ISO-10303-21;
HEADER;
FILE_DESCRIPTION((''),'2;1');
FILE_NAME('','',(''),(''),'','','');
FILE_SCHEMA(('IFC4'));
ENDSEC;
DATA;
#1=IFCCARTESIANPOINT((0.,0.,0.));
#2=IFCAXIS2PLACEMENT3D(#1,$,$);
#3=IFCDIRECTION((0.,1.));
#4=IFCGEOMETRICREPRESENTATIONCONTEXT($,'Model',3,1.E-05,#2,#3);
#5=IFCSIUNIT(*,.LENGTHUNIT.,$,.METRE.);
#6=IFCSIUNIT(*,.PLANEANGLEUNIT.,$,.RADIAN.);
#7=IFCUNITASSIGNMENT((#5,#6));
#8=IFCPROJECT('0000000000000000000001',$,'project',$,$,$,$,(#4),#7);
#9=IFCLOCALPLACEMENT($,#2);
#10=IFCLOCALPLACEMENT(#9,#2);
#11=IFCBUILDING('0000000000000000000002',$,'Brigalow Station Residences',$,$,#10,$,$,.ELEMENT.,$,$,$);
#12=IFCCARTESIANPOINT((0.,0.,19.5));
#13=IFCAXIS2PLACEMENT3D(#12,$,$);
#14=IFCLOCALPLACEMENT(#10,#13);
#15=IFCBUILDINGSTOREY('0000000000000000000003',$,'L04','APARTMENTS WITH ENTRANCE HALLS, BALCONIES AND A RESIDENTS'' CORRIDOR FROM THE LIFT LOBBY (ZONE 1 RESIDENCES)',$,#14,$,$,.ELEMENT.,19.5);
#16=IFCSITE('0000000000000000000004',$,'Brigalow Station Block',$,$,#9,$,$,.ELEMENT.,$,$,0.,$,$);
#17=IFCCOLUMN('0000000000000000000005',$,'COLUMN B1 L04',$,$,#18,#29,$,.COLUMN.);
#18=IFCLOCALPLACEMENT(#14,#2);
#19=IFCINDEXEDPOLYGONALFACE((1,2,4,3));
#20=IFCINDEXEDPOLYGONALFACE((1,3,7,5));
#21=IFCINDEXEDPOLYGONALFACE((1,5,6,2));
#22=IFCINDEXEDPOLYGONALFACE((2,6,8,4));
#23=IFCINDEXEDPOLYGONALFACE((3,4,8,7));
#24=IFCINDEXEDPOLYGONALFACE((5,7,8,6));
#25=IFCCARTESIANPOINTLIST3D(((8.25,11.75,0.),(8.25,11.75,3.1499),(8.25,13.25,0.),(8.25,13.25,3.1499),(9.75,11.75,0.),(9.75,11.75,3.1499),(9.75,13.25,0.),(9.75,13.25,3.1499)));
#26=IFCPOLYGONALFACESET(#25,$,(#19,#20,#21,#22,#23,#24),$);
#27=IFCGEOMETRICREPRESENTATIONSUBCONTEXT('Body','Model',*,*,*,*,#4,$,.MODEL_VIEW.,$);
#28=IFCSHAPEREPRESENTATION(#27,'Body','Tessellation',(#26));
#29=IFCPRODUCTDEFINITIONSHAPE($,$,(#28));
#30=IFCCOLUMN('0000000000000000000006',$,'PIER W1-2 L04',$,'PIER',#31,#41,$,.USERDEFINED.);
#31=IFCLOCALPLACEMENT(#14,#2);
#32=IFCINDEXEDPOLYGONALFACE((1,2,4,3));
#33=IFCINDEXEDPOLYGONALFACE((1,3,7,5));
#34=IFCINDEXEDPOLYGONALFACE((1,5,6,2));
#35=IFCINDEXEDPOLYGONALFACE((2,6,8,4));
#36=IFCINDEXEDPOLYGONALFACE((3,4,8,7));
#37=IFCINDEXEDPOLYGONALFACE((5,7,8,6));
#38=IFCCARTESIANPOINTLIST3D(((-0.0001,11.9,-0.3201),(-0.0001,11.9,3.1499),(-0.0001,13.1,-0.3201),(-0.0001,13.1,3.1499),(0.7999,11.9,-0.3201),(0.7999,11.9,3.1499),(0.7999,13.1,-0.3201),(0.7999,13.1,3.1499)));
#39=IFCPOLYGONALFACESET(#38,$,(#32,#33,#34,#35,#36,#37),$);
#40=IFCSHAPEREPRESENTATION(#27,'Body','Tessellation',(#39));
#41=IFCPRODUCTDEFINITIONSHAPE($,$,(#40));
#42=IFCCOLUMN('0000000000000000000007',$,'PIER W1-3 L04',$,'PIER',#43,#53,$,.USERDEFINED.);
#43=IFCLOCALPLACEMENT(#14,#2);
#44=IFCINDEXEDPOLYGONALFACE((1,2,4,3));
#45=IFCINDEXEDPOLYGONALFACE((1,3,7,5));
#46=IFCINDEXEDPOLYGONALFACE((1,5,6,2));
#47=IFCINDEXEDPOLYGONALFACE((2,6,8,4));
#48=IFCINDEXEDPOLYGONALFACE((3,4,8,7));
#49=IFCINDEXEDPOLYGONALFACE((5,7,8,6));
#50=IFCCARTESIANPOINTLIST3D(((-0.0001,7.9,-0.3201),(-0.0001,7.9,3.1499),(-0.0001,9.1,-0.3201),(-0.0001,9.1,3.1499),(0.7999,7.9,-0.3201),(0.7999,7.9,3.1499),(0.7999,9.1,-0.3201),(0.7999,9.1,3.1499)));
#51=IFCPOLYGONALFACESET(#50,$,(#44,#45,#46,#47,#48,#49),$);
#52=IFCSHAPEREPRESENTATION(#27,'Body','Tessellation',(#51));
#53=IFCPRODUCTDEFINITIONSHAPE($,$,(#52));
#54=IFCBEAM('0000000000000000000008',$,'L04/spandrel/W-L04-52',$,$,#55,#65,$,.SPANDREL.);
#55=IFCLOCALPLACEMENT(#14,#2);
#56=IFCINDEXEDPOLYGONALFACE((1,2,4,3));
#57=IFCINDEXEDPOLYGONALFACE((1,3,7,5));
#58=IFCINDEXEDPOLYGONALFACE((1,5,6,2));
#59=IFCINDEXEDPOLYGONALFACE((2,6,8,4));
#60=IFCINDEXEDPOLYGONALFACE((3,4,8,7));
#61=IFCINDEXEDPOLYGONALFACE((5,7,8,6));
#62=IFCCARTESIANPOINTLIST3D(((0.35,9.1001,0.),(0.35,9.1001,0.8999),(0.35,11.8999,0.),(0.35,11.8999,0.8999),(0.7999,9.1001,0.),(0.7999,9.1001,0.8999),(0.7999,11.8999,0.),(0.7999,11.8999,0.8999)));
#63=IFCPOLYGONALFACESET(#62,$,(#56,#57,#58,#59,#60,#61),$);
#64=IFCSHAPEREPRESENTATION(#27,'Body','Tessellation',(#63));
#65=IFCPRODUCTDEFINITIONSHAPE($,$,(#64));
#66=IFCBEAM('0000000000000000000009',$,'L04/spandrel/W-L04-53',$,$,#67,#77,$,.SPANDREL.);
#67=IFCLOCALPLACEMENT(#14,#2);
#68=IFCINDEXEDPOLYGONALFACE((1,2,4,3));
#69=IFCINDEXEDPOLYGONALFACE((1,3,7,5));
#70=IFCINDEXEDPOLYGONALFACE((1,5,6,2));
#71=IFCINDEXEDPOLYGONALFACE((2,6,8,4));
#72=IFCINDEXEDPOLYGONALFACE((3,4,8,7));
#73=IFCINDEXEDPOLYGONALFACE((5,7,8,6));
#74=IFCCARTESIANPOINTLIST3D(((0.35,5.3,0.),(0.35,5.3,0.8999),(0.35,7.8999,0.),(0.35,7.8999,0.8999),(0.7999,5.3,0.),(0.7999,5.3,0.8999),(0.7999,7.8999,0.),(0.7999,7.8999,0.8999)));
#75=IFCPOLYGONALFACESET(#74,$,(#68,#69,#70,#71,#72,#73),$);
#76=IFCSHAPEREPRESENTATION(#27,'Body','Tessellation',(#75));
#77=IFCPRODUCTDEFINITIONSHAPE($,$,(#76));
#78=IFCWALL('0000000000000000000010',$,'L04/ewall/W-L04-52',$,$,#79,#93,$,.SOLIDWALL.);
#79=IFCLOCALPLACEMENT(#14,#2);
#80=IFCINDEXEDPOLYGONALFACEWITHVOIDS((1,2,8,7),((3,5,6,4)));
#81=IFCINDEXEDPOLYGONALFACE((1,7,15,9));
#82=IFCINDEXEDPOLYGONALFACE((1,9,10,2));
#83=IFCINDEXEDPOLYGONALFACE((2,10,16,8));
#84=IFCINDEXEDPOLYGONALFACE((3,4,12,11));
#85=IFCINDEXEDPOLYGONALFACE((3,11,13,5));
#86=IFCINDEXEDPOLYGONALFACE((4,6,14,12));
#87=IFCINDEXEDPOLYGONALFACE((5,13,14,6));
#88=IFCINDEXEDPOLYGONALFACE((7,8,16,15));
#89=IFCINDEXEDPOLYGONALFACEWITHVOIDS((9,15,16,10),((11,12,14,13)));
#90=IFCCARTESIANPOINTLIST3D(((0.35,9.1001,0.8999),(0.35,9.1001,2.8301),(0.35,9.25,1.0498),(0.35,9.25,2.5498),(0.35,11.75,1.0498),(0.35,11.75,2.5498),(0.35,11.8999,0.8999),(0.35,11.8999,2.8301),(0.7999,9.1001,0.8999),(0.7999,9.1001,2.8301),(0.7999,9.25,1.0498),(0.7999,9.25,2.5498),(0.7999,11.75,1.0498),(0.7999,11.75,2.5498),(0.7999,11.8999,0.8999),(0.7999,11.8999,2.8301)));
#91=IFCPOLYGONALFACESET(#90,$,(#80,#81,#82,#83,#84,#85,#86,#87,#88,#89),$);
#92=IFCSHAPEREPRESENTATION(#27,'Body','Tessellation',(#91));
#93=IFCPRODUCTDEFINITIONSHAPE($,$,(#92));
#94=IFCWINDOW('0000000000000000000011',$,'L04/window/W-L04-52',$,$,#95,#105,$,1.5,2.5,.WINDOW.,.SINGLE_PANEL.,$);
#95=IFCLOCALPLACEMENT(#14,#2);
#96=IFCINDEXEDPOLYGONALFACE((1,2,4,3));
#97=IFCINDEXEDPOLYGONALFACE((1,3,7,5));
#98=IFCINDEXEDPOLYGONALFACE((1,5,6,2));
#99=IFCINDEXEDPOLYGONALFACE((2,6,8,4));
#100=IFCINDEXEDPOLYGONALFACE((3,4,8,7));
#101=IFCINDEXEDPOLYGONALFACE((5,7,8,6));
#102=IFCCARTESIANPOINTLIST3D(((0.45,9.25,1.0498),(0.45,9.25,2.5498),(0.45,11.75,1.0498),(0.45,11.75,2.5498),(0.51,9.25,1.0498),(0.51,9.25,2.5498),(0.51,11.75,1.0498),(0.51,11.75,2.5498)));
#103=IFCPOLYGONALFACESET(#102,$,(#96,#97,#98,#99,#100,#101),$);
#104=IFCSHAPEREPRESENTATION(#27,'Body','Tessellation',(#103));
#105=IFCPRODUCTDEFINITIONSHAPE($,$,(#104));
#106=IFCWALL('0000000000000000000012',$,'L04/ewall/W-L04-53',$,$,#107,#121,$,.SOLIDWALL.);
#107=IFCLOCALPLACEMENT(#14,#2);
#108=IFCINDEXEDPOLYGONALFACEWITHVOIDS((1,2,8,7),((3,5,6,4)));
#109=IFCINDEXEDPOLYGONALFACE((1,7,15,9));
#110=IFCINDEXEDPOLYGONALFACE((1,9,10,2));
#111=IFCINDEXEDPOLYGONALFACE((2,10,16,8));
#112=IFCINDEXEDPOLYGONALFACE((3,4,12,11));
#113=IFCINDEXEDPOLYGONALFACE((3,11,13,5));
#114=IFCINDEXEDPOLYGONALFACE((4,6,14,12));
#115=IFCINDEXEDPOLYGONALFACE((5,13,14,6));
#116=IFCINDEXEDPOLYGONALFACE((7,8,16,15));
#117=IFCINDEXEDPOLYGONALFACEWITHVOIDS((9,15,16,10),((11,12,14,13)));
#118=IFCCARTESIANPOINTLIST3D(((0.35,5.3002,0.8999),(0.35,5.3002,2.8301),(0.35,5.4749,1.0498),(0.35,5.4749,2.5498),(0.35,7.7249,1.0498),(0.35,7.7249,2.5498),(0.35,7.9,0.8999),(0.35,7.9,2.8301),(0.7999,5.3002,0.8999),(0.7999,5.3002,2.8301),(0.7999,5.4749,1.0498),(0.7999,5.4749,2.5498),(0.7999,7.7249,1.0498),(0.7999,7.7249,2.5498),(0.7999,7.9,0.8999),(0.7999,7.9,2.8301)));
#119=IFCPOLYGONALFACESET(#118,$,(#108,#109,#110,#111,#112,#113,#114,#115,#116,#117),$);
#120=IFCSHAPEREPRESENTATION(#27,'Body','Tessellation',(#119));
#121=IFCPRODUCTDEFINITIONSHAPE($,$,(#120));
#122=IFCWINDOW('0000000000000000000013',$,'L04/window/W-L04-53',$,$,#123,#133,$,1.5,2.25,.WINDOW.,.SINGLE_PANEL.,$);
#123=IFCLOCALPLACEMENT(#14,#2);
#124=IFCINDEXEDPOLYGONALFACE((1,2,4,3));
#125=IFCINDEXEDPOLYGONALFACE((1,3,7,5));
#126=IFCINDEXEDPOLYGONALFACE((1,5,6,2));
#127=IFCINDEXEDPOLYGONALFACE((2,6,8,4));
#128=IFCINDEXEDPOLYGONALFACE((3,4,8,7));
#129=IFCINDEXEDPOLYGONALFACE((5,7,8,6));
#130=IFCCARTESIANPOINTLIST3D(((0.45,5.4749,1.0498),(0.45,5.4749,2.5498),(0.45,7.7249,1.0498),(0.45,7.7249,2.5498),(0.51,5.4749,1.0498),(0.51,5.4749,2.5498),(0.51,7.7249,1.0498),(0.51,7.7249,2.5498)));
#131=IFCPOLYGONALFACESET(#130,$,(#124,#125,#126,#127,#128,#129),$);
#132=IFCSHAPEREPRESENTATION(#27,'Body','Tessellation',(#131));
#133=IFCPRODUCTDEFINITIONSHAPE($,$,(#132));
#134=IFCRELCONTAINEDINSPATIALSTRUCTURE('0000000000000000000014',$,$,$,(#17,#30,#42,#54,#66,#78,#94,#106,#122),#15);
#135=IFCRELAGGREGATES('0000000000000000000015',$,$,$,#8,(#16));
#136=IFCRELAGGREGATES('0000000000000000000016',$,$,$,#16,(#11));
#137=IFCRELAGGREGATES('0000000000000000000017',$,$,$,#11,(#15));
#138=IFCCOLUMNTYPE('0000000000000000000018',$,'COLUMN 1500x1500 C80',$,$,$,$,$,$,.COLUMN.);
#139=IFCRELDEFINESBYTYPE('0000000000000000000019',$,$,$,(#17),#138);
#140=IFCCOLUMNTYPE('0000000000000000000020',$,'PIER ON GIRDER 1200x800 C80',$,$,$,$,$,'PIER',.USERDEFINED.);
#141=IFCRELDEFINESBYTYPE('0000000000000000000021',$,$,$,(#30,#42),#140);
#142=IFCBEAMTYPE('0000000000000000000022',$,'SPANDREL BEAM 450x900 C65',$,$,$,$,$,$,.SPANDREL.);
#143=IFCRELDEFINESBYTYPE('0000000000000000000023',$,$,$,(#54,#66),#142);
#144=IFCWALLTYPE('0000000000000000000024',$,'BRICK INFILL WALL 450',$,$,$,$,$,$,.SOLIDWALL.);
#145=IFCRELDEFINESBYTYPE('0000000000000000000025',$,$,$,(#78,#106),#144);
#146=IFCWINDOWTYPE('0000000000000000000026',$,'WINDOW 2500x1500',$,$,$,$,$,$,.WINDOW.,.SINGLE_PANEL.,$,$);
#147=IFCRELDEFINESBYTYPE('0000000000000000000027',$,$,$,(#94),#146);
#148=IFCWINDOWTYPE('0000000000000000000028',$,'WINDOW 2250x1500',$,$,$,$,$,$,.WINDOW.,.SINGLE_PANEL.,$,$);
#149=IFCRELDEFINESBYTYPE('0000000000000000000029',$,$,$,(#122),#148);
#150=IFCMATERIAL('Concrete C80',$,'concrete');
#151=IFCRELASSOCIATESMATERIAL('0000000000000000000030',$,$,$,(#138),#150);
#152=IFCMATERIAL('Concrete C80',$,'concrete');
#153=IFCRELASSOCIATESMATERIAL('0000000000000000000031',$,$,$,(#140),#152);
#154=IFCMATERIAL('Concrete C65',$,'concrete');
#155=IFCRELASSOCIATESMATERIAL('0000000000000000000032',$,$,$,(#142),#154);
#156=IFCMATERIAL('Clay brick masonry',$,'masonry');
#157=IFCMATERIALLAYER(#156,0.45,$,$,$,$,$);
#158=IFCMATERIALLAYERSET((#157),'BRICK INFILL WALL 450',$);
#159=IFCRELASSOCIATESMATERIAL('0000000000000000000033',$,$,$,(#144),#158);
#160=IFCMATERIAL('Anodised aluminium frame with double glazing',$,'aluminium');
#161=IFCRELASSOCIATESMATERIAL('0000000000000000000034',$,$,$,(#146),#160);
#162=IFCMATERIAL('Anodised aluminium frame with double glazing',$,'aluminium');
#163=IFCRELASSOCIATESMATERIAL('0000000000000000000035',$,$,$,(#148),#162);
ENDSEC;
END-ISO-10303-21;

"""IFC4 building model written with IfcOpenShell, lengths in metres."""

from ifc_helpers import new_model, si_unit, direction, frame, frame_2d, origin, origin_2d, place, context, subcontext, project, spatial, rectangle, extrude, material, layer, layer_set, material_profile, profile_set, type_object, element, fill, save


model = new_model("IFC4")

# Units and contexts
model_context = context("Model", 3, precision=1e-05, world=origin(), true_north=direction((0.0, 1.0)))
body_context = subcontext(model_context, "Body", "Model", "MODEL_VIEW")
ifc_project = project(units=[si_unit("LENGTHUNIT", "METRE"), si_unit("PLANEANGLEUNIT", "RADIAN")], contexts=[model_context])

# Site, building, storey
site_placement = place(None, origin())
site = spatial("IfcSite", under=ifc_project, at=site_placement, Name="Brigalow Station Block", CompositionType="ELEMENT", RefElevation=0.0)
building_placement = place(site_placement, origin())
building = spatial("IfcBuilding", under=site, at=building_placement, Name="Brigalow Station Residences", CompositionType="ELEMENT")
storey_placement = place(building_placement, frame((0.0, 0.0, 19.5)))
storey = spatial("IfcBuildingStorey", under=building, at=storey_placement, Name="L04", Description="APARTMENTS WITH ENTRANCE HALLS, BALCONIES AND A RESIDENTS' CORRIDOR FROM THE LIFT LOBBY (ZONE 1 RESIDENCES)", CompositionType="ELEMENT", Elevation=19.5)

# Columns
ifc_material_1 = material(Name="Concrete C80", Category="concrete")
ifc_material_profile_1 = material_profile(ifc_material_1, rectangle(XDim=1.5, YDim=1.5, at=origin_2d()), Name="RC1500x1500")
ifc_profile_set_1 = profile_set([ifc_material_profile_1], Name="Concrete C80")
column_type_1 = type_object("IfcColumnType", Name="COLUMN 1500x1500 C80", PredefinedType="COLUMN", material=ifc_profile_set_1)
column_placement = place(storey_placement, frame((9.0, 12.5, 0.0), z_axis=(0.0, 0.0, 1.0), x_axis=(1.0, 0.0, 0.0)))
element("IfcColumn", 1, at=column_placement, inside=storey, type_object=column_type_1, Name="COLUMN B1 L04", PredefinedType="COLUMN", context=body_context, shape_type="SweptSolid", body=[
    extrude(rectangle(XDim=1.5, YDim=1.5, at=origin_2d()), origin(), (0.0, 0.0, 1.0), 3.1499),
])
ifc_material_2 = material(Name="Concrete C80", Category="concrete")
ifc_material_profile_2 = material_profile(ifc_material_2, rectangle(XDim=1.2, YDim=0.8, at=origin_2d()), Name="RC1200x800")
ifc_profile_set_2 = profile_set([ifc_material_profile_2], Name="Concrete C80")
column_type_2 = type_object("IfcColumnType", Name="PIER ON GIRDER 1200x800 C80", ElementType="PIER", PredefinedType="USERDEFINED", material=ifc_profile_set_2)
for number, where, z_axis, x_axis, name in (
    (2, (0.3999, 12.5, -0.3201), (0.0, 0.0, 1.0), (0.0, -1.0, 0.0), "PIER W1-2 L04"),
    (3, (0.3999, 8.5, -0.3201), (0.0, 0.0, 1.0), (0.0, -1.0, 0.0), "PIER W1-3 L04"),
):
    element("IfcColumn", number, at=place(storey_placement, frame(where, z_axis=z_axis, x_axis=x_axis)), inside=storey, type_object=column_type_2, Name=name, ObjectType="PIER", PredefinedType="USERDEFINED", context=body_context, shape_type="SweptSolid", body=[
        extrude(rectangle(XDim=1.2, YDim=0.8, at=origin_2d()), origin(), (0.0, 0.0, 1.0), 3.47),
    ])

# Beams
ifc_material_3 = material(Name="Concrete C65", Category="concrete")
ifc_material_profile_3 = material_profile(ifc_material_3, rectangle(XDim=0.45, YDim=0.8999, at=origin_2d()), Name="RC450x900")
ifc_profile_set_3 = profile_set([ifc_material_profile_3], Name="Concrete C65")
beam_type = type_object("IfcBeamType", Name="SPANDREL BEAM 450x900 C65", PredefinedType="SPANDREL", material=ifc_profile_set_3)
beam_1_placement = place(storey_placement, frame((0.575, 11.8999, 0.45), z_axis=(0.0, -1.0, 0.0), x_axis=(1.0, 0.0, 0.0)))
element("IfcBeam", 4, at=beam_1_placement, inside=storey, type_object=beam_type, Name="L04/spandrel/W-L04-52", PredefinedType="SPANDREL", context=body_context, shape_type="SweptSolid", body=[
    extrude(rectangle(XDim=0.45, YDim=0.8999, at=origin_2d()), origin(), (0.0, 0.0, 1.0), 2.7998),
])
beam_2_placement = place(storey_placement, frame((0.575, 7.8999, 0.45), z_axis=(0.0, -1.0, 0.0), x_axis=(1.0, 0.0, 0.0)))
element("IfcBeam", 5, at=beam_2_placement, inside=storey, type_object=beam_type, Name="L04/spandrel/W-L04-53", PredefinedType="SPANDREL", context=body_context, shape_type="SweptSolid", body=[
    extrude(rectangle(XDim=0.45, YDim=0.8999, at=origin_2d()), origin(), (0.0, 0.0, 1.0), 2.5999),
])

# Walls, openings, windows
ifc_material_4 = material(Name="Clay brick masonry", Category="masonry")
ifc_layer_1 = layer(ifc_material_4, 0.45)
ifc_layer_set_1 = layer_set([ifc_layer_1], Name="BRICK INFILL WALL 450")
wall_type_1 = type_object("IfcWallType", Name="BRICK INFILL WALL 450", PredefinedType="SOLIDWALL", material=ifc_layer_set_1)
wall_1_placement = place(storey_placement, frame((0.575, 11.8999, 0.8999), z_axis=(0.0, 0.0, 1.0), x_axis=(0.0, -1.0, 0.0)))
wall_1 = element("IfcWall", 6, at=wall_1_placement, inside=storey, type_object=wall_type_1, Name="L04/ewall/W-L04-52", PredefinedType="SOLIDWALL", context=body_context, shape_type="SweptSolid", body=[
    extrude(rectangle(XDim=2.7998, YDim=0.45, at=frame_2d((1.3999, 0.0))), origin(), (0.0, 0.0, 1.0), 1.9302),
])
opening_1_placement = place(wall_1_placement, frame((0.1499, 0.0, 0.1499)))
opening_1 = element("IfcOpeningElement", 7, at=opening_1_placement, cuts=wall_1, PredefinedType="OPENING", context=body_context, shape_type="SweptSolid", body=[
    extrude(rectangle(XDim=2.5, YDim=1.5, at=frame_2d((1.25, 0.75))), frame((0.0, 0.2349, 0.0), z_axis=(0.0, -1.0, 0.0), x_axis=(1.0, 0.0, 0.0)), (0.0, 0.0, 1.0), 0.47),
])
ifc_material_5 = material(Name="Anodised aluminium frame with double glazing", Category="aluminium")
window_type_1 = type_object("IfcWindowType", Name="WINDOW 2500x1500", PartitioningType="SINGLE_PANEL", PredefinedType="WINDOW", material=ifc_material_5)
window_1_placement = place(opening_1_placement, origin())
window_1 = element("IfcWindow", 8, at=window_1_placement, inside=storey, type_object=window_type_1, Name="L04/window/W-L04-52", OverallHeight=1.5, OverallWidth=2.5, PartitioningType="SINGLE_PANEL", PredefinedType="WINDOW", context=body_context, shape_type="SweptSolid", body=[
    extrude(rectangle(XDim=2.5, YDim=1.5, at=frame_2d((1.25, 0.75))), frame((0.0, -0.0649, 0.0), z_axis=(0.0, -1.0, 0.0), x_axis=(1.0, 0.0, 0.0)), (0.0, 0.0, 1.0), 0.0601),
])
fill(opening_1, window_1)
wall_2_placement = place(storey_placement, frame((0.575, 7.8999, 0.8999), z_axis=(0.0, 0.0, 1.0), x_axis=(0.0, -1.0, 0.0)))
wall_2 = element("IfcWall", 9, at=wall_2_placement, inside=storey, type_object=wall_type_1, Name="L04/ewall/W-L04-53", PredefinedType="SOLIDWALL", context=body_context, shape_type="SweptSolid", body=[
    extrude(rectangle(XDim=2.5999, YDim=0.45, at=frame_2d((1.2998, 0.0))), origin(), (0.0, 0.0, 1.0), 1.9302),
])
opening_2_placement = place(wall_2_placement, frame((0.175, 0.0, 0.1499)))
opening_2 = element("IfcOpeningElement", 10, at=opening_2_placement, cuts=wall_2, PredefinedType="OPENING", context=body_context, shape_type="SweptSolid", body=[
    extrude(rectangle(XDim=2.25, YDim=1.5, at=frame_2d((1.125, 0.75))), frame((0.0, 0.2349, 0.0), z_axis=(0.0, -1.0, 0.0), x_axis=(1.0, 0.0, 0.0)), (0.0, 0.0, 1.0), 0.47),
])
ifc_material_6 = material(Name="Anodised aluminium frame with double glazing", Category="aluminium")
window_type_2 = type_object("IfcWindowType", Name="WINDOW 2250x1500", PartitioningType="SINGLE_PANEL", PredefinedType="WINDOW", material=ifc_material_6)
window_2_placement = place(opening_2_placement, origin())
window_2 = element("IfcWindow", 11, at=window_2_placement, inside=storey, type_object=window_type_2, Name="L04/window/W-L04-53", OverallHeight=1.5, OverallWidth=2.25, PartitioningType="SINGLE_PANEL", PredefinedType="WINDOW", context=body_context, shape_type="SweptSolid", body=[
    extrude(rectangle(XDim=2.25, YDim=1.5, at=frame_2d((1.125, 0.75))), frame((0.0, -0.0649, 0.0), z_axis=(0.0, -1.0, 0.0), x_axis=(1.0, 0.0, 0.0)), (0.0, 0.0, 1.0), 0.0601),
])
fill(opening_2, window_2)

save(model, "model.ifc")
